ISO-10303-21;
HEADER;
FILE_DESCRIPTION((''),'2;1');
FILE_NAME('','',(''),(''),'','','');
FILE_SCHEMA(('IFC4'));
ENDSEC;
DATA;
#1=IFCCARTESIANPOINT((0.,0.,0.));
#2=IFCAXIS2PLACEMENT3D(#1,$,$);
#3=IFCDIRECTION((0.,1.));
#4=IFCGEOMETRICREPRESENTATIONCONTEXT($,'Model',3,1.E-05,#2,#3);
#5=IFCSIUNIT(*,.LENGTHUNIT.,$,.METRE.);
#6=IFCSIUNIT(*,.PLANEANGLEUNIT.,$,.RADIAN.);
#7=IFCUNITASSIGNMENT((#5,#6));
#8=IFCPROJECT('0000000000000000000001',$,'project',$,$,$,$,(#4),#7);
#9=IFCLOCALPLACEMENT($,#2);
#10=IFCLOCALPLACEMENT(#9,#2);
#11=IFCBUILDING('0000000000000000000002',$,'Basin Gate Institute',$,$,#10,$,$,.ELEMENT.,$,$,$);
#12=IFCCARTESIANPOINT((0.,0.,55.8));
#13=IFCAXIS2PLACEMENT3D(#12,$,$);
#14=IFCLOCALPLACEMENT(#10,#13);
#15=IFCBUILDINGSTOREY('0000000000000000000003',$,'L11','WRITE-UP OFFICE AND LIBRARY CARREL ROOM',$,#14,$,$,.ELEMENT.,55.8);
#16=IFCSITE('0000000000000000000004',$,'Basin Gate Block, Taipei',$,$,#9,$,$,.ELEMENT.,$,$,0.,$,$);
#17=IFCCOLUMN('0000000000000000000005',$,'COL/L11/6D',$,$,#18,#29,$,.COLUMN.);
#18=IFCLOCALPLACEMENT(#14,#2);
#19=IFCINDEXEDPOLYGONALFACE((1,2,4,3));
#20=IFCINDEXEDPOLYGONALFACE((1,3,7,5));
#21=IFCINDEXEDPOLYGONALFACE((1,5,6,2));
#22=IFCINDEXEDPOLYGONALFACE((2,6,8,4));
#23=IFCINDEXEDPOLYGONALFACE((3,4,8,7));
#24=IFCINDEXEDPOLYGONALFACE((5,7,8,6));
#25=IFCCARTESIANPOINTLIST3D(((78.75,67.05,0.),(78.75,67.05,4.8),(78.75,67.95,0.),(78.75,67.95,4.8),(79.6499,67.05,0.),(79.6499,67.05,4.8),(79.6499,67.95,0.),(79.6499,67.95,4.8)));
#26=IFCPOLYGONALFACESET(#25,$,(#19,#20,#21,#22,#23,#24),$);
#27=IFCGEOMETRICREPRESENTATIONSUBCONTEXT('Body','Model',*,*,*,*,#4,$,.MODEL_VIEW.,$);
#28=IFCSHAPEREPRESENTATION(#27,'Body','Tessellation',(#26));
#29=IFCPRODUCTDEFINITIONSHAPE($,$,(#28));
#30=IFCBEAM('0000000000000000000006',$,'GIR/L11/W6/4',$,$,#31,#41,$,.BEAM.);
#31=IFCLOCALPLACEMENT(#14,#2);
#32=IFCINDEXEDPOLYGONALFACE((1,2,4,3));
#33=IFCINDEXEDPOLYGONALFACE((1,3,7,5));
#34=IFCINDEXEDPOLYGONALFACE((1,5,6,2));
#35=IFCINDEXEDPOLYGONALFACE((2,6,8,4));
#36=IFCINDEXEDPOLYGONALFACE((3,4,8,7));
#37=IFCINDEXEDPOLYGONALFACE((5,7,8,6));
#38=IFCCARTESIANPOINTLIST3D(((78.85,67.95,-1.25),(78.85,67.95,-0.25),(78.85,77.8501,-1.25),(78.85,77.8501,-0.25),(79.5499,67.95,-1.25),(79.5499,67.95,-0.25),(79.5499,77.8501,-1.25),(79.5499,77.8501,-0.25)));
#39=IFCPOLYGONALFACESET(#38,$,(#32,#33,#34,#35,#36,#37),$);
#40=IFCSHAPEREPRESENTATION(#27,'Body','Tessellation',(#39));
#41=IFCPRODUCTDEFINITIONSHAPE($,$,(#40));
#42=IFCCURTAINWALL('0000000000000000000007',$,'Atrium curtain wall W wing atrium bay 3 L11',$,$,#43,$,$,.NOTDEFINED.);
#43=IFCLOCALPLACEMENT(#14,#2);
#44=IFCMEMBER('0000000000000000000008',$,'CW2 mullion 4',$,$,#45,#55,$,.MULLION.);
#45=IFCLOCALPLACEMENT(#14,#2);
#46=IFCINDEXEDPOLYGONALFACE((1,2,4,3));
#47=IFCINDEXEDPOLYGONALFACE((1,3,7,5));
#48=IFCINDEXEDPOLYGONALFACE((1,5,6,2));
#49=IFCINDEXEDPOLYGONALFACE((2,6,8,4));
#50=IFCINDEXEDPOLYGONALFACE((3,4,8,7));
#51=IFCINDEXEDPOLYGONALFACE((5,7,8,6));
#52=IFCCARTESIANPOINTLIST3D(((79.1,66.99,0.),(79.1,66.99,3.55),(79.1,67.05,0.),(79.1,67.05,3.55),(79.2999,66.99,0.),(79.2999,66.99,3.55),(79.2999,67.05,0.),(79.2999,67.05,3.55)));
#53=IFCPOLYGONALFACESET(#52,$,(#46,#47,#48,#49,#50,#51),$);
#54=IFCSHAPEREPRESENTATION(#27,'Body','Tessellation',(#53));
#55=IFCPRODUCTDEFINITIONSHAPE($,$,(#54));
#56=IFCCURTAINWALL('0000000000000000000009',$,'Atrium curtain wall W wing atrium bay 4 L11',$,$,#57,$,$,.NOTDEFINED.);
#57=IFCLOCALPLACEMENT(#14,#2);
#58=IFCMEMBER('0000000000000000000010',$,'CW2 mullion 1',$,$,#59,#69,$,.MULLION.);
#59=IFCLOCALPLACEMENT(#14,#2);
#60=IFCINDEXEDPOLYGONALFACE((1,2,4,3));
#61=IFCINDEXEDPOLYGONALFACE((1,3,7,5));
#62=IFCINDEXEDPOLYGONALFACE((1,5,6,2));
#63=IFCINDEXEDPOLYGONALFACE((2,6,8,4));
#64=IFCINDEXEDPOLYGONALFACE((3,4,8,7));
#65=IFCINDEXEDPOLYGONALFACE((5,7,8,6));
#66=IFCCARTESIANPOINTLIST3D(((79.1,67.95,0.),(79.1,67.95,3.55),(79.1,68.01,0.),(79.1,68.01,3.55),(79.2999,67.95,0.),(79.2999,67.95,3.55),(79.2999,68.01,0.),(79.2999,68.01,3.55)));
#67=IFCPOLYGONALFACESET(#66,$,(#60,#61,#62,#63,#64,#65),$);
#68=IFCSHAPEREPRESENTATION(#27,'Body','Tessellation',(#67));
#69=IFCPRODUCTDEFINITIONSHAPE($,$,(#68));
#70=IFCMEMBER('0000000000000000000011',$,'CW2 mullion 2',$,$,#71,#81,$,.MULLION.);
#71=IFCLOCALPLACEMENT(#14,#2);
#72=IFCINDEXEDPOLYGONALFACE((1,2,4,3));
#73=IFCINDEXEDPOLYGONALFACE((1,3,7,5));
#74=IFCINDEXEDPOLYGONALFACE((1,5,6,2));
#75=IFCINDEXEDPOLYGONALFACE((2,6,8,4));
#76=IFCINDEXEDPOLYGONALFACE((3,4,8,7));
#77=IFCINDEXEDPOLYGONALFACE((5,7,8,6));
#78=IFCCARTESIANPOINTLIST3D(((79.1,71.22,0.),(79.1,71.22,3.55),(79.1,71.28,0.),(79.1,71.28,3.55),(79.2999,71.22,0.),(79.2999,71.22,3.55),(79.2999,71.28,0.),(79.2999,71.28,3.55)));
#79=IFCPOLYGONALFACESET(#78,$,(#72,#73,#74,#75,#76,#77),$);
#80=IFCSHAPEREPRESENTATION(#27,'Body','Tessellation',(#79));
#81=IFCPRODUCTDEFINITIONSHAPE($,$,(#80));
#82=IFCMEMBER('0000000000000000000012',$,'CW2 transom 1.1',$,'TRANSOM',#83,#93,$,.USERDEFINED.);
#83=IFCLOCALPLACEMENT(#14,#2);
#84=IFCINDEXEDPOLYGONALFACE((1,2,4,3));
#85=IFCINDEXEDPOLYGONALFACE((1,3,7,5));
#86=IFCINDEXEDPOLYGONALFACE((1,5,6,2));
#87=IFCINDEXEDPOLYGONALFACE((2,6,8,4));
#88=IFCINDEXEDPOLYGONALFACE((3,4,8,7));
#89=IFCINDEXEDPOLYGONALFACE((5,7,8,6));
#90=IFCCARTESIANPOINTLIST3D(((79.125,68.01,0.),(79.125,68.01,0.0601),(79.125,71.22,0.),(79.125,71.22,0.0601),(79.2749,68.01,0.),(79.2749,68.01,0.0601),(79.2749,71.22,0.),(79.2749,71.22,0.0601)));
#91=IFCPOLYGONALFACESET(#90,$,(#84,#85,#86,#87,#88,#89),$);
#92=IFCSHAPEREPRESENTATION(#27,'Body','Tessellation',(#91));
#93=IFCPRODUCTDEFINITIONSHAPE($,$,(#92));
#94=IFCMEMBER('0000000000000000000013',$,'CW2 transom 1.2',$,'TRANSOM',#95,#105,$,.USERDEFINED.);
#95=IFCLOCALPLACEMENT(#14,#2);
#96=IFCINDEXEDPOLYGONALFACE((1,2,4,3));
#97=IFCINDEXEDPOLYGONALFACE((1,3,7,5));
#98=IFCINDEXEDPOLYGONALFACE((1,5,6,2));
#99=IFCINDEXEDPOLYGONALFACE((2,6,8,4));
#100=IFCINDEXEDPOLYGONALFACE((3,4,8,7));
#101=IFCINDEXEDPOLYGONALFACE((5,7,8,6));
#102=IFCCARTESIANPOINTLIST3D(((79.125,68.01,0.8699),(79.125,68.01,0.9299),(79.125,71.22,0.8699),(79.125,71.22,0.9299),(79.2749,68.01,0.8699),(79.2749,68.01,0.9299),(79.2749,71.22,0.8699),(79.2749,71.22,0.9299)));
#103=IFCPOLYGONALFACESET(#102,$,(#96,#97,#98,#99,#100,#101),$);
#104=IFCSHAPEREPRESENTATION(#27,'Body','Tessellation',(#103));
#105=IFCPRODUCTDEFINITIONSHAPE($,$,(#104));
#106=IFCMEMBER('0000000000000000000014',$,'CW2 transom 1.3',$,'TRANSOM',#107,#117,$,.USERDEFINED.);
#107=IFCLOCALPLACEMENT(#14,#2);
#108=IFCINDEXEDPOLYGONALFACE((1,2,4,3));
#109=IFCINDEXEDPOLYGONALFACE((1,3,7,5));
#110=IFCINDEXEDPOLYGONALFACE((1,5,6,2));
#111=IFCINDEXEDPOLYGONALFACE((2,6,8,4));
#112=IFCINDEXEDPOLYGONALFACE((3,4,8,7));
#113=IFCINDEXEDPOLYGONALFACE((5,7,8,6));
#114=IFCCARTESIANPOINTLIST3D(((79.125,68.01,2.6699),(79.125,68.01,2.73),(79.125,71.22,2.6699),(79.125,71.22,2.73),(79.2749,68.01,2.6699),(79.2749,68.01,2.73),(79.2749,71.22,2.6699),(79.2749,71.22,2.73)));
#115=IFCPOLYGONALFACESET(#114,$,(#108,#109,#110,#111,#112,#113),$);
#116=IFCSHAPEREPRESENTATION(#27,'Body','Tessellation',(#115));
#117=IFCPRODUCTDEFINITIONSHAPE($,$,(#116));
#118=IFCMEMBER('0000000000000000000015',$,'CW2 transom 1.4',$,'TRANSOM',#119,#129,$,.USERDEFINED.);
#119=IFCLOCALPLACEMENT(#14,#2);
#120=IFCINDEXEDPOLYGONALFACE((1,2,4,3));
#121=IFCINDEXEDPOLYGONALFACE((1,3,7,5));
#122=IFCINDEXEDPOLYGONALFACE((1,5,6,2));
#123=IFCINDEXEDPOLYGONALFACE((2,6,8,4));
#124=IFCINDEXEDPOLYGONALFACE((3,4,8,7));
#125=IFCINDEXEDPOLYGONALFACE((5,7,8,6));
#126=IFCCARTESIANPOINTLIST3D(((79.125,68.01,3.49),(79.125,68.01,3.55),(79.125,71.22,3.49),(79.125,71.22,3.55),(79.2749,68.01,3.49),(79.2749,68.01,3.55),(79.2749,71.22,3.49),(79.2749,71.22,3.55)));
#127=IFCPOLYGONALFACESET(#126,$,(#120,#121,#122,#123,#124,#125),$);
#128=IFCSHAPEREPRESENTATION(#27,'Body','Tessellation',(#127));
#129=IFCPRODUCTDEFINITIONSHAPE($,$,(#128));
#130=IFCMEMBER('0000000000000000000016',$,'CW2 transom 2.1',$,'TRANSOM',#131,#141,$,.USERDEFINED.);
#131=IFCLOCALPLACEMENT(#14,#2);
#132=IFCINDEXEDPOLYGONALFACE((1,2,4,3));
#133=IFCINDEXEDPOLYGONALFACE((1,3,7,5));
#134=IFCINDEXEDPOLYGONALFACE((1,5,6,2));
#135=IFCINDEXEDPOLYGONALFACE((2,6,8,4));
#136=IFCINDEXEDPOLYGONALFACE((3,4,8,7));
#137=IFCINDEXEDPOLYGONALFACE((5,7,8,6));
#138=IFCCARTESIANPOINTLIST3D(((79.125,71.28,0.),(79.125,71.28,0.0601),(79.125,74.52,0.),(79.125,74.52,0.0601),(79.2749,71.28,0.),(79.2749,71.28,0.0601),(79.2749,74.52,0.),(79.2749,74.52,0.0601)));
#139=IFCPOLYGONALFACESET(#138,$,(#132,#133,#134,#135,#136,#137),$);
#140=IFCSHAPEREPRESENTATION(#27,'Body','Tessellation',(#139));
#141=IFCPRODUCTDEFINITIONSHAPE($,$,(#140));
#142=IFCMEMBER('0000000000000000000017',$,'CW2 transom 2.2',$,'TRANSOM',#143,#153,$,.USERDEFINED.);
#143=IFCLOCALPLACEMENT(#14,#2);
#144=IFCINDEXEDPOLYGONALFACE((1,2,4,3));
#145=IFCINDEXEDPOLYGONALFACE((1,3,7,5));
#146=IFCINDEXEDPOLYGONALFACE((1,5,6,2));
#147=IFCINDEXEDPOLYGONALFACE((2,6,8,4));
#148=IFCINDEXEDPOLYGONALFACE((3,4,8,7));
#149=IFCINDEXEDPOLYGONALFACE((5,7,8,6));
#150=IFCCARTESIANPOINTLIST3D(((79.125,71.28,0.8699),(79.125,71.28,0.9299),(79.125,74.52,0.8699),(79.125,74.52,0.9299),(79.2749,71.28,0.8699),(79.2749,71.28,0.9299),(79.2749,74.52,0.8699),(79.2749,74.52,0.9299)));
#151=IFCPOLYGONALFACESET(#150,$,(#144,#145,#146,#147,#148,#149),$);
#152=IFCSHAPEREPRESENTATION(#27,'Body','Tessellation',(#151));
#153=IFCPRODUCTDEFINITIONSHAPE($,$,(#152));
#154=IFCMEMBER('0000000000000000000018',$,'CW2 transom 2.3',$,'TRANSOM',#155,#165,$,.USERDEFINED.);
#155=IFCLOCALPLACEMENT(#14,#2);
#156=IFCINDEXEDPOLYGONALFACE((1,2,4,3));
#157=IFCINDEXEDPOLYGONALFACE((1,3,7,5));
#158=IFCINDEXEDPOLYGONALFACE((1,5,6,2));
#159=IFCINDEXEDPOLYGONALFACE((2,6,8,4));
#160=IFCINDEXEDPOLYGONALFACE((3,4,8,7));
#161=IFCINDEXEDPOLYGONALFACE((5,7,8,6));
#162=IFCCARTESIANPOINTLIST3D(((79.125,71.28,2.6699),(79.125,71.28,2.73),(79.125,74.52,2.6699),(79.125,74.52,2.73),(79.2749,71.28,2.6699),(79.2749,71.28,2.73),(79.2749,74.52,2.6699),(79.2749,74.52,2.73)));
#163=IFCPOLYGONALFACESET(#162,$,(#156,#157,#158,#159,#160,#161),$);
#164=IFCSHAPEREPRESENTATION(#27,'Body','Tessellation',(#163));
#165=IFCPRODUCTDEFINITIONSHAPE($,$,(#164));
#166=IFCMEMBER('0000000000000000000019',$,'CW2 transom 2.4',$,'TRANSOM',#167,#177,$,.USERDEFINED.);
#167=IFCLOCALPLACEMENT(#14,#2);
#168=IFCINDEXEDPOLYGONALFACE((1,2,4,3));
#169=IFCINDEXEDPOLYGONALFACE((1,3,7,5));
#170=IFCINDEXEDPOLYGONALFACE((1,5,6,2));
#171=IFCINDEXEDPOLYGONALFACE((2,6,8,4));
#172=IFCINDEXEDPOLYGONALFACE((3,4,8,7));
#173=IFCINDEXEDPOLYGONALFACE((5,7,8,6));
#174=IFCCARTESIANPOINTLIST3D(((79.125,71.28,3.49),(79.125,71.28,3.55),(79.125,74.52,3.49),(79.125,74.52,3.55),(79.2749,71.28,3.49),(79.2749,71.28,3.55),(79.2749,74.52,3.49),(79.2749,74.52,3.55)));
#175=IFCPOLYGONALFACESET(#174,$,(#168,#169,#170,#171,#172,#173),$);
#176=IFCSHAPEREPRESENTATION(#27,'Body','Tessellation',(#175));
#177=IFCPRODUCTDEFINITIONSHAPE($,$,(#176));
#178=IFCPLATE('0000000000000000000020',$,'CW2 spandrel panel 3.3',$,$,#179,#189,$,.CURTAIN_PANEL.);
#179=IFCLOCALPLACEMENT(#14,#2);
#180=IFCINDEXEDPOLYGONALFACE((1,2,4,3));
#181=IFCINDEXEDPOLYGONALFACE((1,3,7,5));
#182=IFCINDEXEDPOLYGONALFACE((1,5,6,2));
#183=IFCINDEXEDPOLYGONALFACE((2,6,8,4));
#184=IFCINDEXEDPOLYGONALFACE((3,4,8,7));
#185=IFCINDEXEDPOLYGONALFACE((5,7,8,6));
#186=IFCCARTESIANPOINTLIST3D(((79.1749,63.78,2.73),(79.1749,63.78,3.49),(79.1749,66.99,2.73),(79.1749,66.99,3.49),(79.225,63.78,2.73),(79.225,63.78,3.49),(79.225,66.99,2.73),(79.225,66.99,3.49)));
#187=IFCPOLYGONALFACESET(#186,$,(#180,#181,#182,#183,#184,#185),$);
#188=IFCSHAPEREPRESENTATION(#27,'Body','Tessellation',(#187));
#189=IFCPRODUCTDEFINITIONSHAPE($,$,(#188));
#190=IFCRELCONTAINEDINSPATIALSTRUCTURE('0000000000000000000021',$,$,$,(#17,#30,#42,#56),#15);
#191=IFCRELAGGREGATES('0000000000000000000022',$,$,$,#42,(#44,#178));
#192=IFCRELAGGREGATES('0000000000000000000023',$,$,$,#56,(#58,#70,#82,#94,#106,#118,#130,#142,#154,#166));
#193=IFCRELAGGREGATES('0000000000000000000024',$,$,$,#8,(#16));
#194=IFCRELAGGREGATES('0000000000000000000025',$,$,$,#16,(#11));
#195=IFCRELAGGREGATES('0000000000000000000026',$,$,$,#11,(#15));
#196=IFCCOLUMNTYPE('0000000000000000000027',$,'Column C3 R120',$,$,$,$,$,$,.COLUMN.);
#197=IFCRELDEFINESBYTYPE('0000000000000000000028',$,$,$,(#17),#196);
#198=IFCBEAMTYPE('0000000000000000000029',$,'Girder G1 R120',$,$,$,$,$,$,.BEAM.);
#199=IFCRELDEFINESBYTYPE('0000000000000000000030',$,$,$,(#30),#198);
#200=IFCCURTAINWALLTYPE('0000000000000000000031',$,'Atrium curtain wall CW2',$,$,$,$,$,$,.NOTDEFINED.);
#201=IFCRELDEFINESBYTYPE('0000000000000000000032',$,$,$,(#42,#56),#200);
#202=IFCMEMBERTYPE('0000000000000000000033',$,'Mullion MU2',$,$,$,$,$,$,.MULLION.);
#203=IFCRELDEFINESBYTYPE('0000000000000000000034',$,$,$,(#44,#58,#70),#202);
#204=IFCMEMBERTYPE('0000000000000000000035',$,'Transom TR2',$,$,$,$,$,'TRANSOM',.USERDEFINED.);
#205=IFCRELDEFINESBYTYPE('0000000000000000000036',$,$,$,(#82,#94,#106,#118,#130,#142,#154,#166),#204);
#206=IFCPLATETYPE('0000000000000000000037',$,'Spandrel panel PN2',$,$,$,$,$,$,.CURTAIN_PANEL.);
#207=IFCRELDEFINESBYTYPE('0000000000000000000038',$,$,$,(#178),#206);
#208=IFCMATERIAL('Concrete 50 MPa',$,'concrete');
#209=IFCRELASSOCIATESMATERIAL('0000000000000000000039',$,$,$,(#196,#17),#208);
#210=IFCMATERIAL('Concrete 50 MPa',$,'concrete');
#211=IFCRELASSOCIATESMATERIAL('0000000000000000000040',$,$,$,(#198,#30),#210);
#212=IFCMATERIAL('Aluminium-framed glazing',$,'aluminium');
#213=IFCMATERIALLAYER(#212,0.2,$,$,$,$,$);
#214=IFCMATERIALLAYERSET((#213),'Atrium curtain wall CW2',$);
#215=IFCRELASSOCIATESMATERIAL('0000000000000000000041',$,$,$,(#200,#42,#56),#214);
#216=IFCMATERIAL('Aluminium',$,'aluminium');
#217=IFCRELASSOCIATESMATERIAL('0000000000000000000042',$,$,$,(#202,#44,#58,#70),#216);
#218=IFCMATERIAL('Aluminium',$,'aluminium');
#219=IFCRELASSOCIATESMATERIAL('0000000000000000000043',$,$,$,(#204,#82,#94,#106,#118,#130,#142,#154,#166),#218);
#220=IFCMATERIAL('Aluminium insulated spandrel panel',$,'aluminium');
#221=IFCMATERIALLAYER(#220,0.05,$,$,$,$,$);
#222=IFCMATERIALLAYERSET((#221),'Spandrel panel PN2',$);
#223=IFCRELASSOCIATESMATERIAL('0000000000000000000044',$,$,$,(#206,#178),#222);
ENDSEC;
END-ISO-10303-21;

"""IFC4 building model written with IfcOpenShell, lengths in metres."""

from ifc_helpers import new_model, si_unit, direction, frame, origin, origin_2d, place, context, subcontext, project, spatial, rectangle, extrude, material, layer, layer_set, material_profile, profile_set, type_object, element, aggregate, save


model = new_model("IFC4")

# Units and contexts
model_context = context("Model", 3, precision=1e-05, world=origin(), true_north=direction((0.0, 1.0)))
body_context = subcontext(model_context, "Body", "Model", "MODEL_VIEW")
ifc_project = project(units=[si_unit("LENGTHUNIT", "METRE"), si_unit("PLANEANGLEUNIT", "RADIAN")], contexts=[model_context])

# Site, building, storey
site_placement = place(None, origin())
site = spatial("IfcSite", under=ifc_project, at=site_placement, Name="Basin Gate Block, Taipei", CompositionType="ELEMENT", RefElevation=0.0)
building_placement = place(site_placement, origin())
building = spatial("IfcBuilding", under=site, at=building_placement, Name="Basin Gate Institute", CompositionType="ELEMENT")
storey_placement = place(building_placement, frame((0.0, 0.0, 55.8)))
storey = spatial("IfcBuildingStorey", under=building, at=storey_placement, Name="L11", Description="WRITE-UP OFFICE AND LIBRARY CARREL ROOM", CompositionType="ELEMENT", Elevation=55.8)

# Column
ifc_material_1 = material(Name="Concrete 50 MPa", Category="concrete")
ifc_material_profile_1 = material_profile(ifc_material_1, rectangle(XDim=0.8999, YDim=0.8999, at=origin_2d()), Name="Column C3 900 x 900")
ifc_profile_set_1 = profile_set([ifc_material_profile_1], Name="Concrete 50 MPa")
column_type = type_object("IfcColumnType", Name="Column C3 R120", PredefinedType="COLUMN", material=ifc_profile_set_1)
column_placement = place(storey_placement, frame((79.2, 67.5, 0.0), z_axis=(0.0, 0.0, 1.0), x_axis=(1.0, 0.0, 0.0)))
element("IfcColumn", 1, at=column_placement, inside=storey, type_object=column_type, material=ifc_profile_set_1, Name="COL/L11/6D", PredefinedType="COLUMN", context=body_context, shape_type="SweptSolid", body=[
    extrude(rectangle(XDim=0.8999, YDim=0.8999, at=origin_2d()), origin(), (0.0, 0.0, 1.0), 4.8),
])

# Beam
ifc_material_2 = material(Name="Concrete 50 MPa", Category="concrete")
ifc_material_profile_2 = material_profile(ifc_material_2, rectangle(XDim=0.7, YDim=1.0, at=origin_2d()), Name="Girder G1 700 x 1000")
ifc_profile_set_2 = profile_set([ifc_material_profile_2], Name="Concrete 50 MPa")
beam_type = type_object("IfcBeamType", Name="Girder G1 R120", PredefinedType="BEAM", material=ifc_profile_set_2)
beam_placement = place(storey_placement, frame((79.2, 67.95, -0.75), z_axis=(0.0, 1.0, 0.0), x_axis=(-1.0, 0.0, 0.0)))
element("IfcBeam", 2, at=beam_placement, inside=storey, type_object=beam_type, material=ifc_profile_set_2, Name="GIR/L11/W6/4", PredefinedType="BEAM", context=body_context, shape_type="SweptSolid", body=[
    extrude(rectangle(XDim=0.7, YDim=1.0, at=origin_2d()), origin(), (0.0, 0.0, 1.0), 9.9001),
])

# Curtain wall, member
ifc_material_3 = material(Name="Aluminium-framed glazing", Category="aluminium")
ifc_layer_1 = layer(ifc_material_3, 0.2)
ifc_layer_set_1 = layer_set([ifc_layer_1], Name="Atrium curtain wall CW2")
curtain_wall_type = type_object("IfcCurtainWallType", Name="Atrium curtain wall CW2", PredefinedType="NOTDEFINED", material=ifc_layer_set_1)
curtain_wall_1_placement = place(storey_placement, origin())
curtain_wall_1 = element("IfcCurtainWall", 3, at=curtain_wall_1_placement, inside=storey, type_object=curtain_wall_type, material=ifc_layer_set_1, Name="Atrium curtain wall W wing atrium bay 3 L11", PredefinedType="NOTDEFINED")
ifc_material_4 = material(Name="Aluminium", Category="aluminium")
ifc_material_profile_3 = material_profile(ifc_material_4, rectangle(XDim=0.2, YDim=0.0601, at=origin_2d()), Name="Mullion MU2 200 x 60")
ifc_profile_set_3 = profile_set([ifc_material_profile_3], Name="Aluminium")
member_type_1 = type_object("IfcMemberType", Name="Mullion MU2", PredefinedType="MULLION", material=ifc_profile_set_3)
member_1_placement = place(storey_placement, frame((79.2, 67.02, 0.0), z_axis=(0.0, 0.0, 1.0), x_axis=(-1.0, 0.0, 0.0)))
member_1 = element("IfcMember", 4, at=member_1_placement, type_object=member_type_1, material=ifc_profile_set_3, Name="CW2 mullion 4", PredefinedType="MULLION", context=body_context, shape_type="SweptSolid", body=[
    extrude(rectangle(XDim=0.2, YDim=0.0601, at=origin_2d()), origin(), (0.0, 0.0, 1.0), 3.55),
])

# Curtain wall, members
curtain_wall_2_placement = place(storey_placement, origin())
curtain_wall_2 = element("IfcCurtainWall", 5, at=curtain_wall_2_placement, inside=storey, type_object=curtain_wall_type, material=ifc_layer_set_1, Name="Atrium curtain wall W wing atrium bay 4 L11", PredefinedType="NOTDEFINED")
member_2_placement = place(storey_placement, frame((79.2, 67.98, 0.0), z_axis=(0.0, 0.0, 1.0), x_axis=(-1.0, 0.0, 0.0)))
member_2 = element("IfcMember", 6, at=member_2_placement, type_object=member_type_1, material=ifc_profile_set_3, Name="CW2 mullion 1", PredefinedType="MULLION", context=body_context, shape_type="SweptSolid", body=[
    extrude(rectangle(XDim=0.2, YDim=0.0601, at=origin_2d()), origin(), (0.0, 0.0, 1.0), 3.55),
])
member_3_placement = place(storey_placement, frame((79.2, 71.25, 0.0), z_axis=(0.0, 0.0, 1.0), x_axis=(-1.0, 0.0, 0.0)))
member_3 = element("IfcMember", 7, at=member_3_placement, type_object=member_type_1, material=ifc_profile_set_3, Name="CW2 mullion 2", PredefinedType="MULLION", context=body_context, shape_type="SweptSolid", body=[
    extrude(rectangle(XDim=0.2, YDim=0.0601, at=origin_2d()), origin(), (0.0, 0.0, 1.0), 3.55),
])
ifc_material_5 = material(Name="Aluminium", Category="aluminium")
ifc_material_profile_4 = material_profile(ifc_material_5, rectangle(XDim=0.1499, YDim=0.0601, at=origin_2d()), Name="Transom TR2 150 x 60")
ifc_profile_set_4 = profile_set([ifc_material_profile_4], Name="Aluminium")
member_type_2 = type_object("IfcMemberType", Name="Transom TR2", ElementType="TRANSOM", PredefinedType="USERDEFINED", material=ifc_profile_set_4)
member_4_placement = place(storey_placement, frame((79.2, 68.01, 0.03), z_axis=(0.0, 1.0, 0.0), x_axis=(-1.0, 0.0, 0.0)))
member_4 = element("IfcMember", 8, at=member_4_placement, type_object=member_type_2, material=ifc_profile_set_4, Name="CW2 transom 1.1", ObjectType="TRANSOM", PredefinedType="USERDEFINED", context=body_context, shape_type="SweptSolid", body=[
    extrude(rectangle(XDim=0.1499, YDim=0.0601, at=origin_2d()), origin(), (0.0, 0.0, 1.0), 3.21),
])
member_5_placement = place(storey_placement, frame((79.2, 68.01, 0.8999), z_axis=(0.0, 1.0, 0.0), x_axis=(-1.0, 0.0, 0.0)))
member_5 = element("IfcMember", 9, at=member_5_placement, type_object=member_type_2, material=ifc_profile_set_4, Name="CW2 transom 1.2", ObjectType="TRANSOM", PredefinedType="USERDEFINED", context=body_context, shape_type="SweptSolid", body=[
    extrude(rectangle(XDim=0.1499, YDim=0.0601, at=origin_2d()), origin(), (0.0, 0.0, 1.0), 3.21),
])
member_6_placement = place(storey_placement, frame((79.2, 68.01, 2.7), z_axis=(0.0, 1.0, 0.0), x_axis=(-1.0, 0.0, 0.0)))
member_6 = element("IfcMember", 10, at=member_6_placement, type_object=member_type_2, material=ifc_profile_set_4, Name="CW2 transom 1.3", ObjectType="TRANSOM", PredefinedType="USERDEFINED", context=body_context, shape_type="SweptSolid", body=[
    extrude(rectangle(XDim=0.1499, YDim=0.0601, at=origin_2d()), origin(), (0.0, 0.0, 1.0), 3.21),
])
member_7_placement = place(storey_placement, frame((79.2, 68.01, 3.52), z_axis=(0.0, 1.0, 0.0), x_axis=(-1.0, 0.0, 0.0)))
member_7 = element("IfcMember", 11, at=member_7_placement, type_object=member_type_2, material=ifc_profile_set_4, Name="CW2 transom 1.4", ObjectType="TRANSOM", PredefinedType="USERDEFINED", context=body_context, shape_type="SweptSolid", body=[
    extrude(rectangle(XDim=0.1499, YDim=0.0601, at=origin_2d()), origin(), (0.0, 0.0, 1.0), 3.21),
])
member_8_placement = place(storey_placement, frame((79.2, 71.28, 0.03), z_axis=(0.0, 1.0, 0.0), x_axis=(-1.0, 0.0, 0.0)))
member_8 = element("IfcMember", 12, at=member_8_placement, type_object=member_type_2, material=ifc_profile_set_4, Name="CW2 transom 2.1", ObjectType="TRANSOM", PredefinedType="USERDEFINED", context=body_context, shape_type="SweptSolid", body=[
    extrude(rectangle(XDim=0.1499, YDim=0.0601, at=origin_2d()), origin(), (0.0, 0.0, 1.0), 3.24),
])
member_9_placement = place(storey_placement, frame((79.2, 71.28, 0.8999), z_axis=(0.0, 1.0, 0.0), x_axis=(-1.0, 0.0, 0.0)))
member_9 = element("IfcMember", 13, at=member_9_placement, type_object=member_type_2, material=ifc_profile_set_4, Name="CW2 transom 2.2", ObjectType="TRANSOM", PredefinedType="USERDEFINED", context=body_context, shape_type="SweptSolid", body=[
    extrude(rectangle(XDim=0.1499, YDim=0.0601, at=origin_2d()), origin(), (0.0, 0.0, 1.0), 3.24),
])
member_10_placement = place(storey_placement, frame((79.2, 71.28, 2.7), z_axis=(0.0, 1.0, 0.0), x_axis=(-1.0, 0.0, 0.0)))
member_10 = element("IfcMember", 14, at=member_10_placement, type_object=member_type_2, material=ifc_profile_set_4, Name="CW2 transom 2.3", ObjectType="TRANSOM", PredefinedType="USERDEFINED", context=body_context, shape_type="SweptSolid", body=[
    extrude(rectangle(XDim=0.1499, YDim=0.0601, at=origin_2d()), origin(), (0.0, 0.0, 1.0), 3.24),
])
member_11_placement = place(storey_placement, frame((79.2, 71.28, 3.52), z_axis=(0.0, 1.0, 0.0), x_axis=(-1.0, 0.0, 0.0)))
member_11 = element("IfcMember", 15, at=member_11_placement, type_object=member_type_2, material=ifc_profile_set_4, Name="CW2 transom 2.4", ObjectType="TRANSOM", PredefinedType="USERDEFINED", context=body_context, shape_type="SweptSolid", body=[
    extrude(rectangle(XDim=0.1499, YDim=0.0601, at=origin_2d()), origin(), (0.0, 0.0, 1.0), 3.24),
])

# Plate
ifc_material_6 = material(Name="Aluminium insulated spandrel panel", Category="aluminium")
ifc_layer_2 = layer(ifc_material_6, 0.05)
ifc_layer_set_2 = layer_set([ifc_layer_2], Name="Spandrel panel PN2")
plate_type_1 = type_object("IfcPlateType", Name="Spandrel panel PN2", PredefinedType="CURTAIN_PANEL", material=ifc_layer_set_2)
plate_1_placement = place(storey_placement, frame((79.2, 65.385, 2.73), z_axis=(0.0, 0.0, 1.0), x_axis=(0.0, 1.0, 0.0)))
plate_1 = element("IfcPlate", 16, at=plate_1_placement, type_object=plate_type_1, material=ifc_layer_set_2, Name="CW2 spandrel panel 3.3", PredefinedType="CURTAIN_PANEL", context=body_context, shape_type="SweptSolid", body=[
    extrude(rectangle(XDim=3.21, YDim=0.05, at=origin_2d()), origin(), (0.0, 0.0, 1.0), 0.76),
])
aggregate(curtain_wall_1, [member_1, plate_1])
aggregate(curtain_wall_2, [member_2, member_3, member_4, member_5, member_6, member_7, member_8, member_9, member_10, member_11])

save(model, "model.ifc")
